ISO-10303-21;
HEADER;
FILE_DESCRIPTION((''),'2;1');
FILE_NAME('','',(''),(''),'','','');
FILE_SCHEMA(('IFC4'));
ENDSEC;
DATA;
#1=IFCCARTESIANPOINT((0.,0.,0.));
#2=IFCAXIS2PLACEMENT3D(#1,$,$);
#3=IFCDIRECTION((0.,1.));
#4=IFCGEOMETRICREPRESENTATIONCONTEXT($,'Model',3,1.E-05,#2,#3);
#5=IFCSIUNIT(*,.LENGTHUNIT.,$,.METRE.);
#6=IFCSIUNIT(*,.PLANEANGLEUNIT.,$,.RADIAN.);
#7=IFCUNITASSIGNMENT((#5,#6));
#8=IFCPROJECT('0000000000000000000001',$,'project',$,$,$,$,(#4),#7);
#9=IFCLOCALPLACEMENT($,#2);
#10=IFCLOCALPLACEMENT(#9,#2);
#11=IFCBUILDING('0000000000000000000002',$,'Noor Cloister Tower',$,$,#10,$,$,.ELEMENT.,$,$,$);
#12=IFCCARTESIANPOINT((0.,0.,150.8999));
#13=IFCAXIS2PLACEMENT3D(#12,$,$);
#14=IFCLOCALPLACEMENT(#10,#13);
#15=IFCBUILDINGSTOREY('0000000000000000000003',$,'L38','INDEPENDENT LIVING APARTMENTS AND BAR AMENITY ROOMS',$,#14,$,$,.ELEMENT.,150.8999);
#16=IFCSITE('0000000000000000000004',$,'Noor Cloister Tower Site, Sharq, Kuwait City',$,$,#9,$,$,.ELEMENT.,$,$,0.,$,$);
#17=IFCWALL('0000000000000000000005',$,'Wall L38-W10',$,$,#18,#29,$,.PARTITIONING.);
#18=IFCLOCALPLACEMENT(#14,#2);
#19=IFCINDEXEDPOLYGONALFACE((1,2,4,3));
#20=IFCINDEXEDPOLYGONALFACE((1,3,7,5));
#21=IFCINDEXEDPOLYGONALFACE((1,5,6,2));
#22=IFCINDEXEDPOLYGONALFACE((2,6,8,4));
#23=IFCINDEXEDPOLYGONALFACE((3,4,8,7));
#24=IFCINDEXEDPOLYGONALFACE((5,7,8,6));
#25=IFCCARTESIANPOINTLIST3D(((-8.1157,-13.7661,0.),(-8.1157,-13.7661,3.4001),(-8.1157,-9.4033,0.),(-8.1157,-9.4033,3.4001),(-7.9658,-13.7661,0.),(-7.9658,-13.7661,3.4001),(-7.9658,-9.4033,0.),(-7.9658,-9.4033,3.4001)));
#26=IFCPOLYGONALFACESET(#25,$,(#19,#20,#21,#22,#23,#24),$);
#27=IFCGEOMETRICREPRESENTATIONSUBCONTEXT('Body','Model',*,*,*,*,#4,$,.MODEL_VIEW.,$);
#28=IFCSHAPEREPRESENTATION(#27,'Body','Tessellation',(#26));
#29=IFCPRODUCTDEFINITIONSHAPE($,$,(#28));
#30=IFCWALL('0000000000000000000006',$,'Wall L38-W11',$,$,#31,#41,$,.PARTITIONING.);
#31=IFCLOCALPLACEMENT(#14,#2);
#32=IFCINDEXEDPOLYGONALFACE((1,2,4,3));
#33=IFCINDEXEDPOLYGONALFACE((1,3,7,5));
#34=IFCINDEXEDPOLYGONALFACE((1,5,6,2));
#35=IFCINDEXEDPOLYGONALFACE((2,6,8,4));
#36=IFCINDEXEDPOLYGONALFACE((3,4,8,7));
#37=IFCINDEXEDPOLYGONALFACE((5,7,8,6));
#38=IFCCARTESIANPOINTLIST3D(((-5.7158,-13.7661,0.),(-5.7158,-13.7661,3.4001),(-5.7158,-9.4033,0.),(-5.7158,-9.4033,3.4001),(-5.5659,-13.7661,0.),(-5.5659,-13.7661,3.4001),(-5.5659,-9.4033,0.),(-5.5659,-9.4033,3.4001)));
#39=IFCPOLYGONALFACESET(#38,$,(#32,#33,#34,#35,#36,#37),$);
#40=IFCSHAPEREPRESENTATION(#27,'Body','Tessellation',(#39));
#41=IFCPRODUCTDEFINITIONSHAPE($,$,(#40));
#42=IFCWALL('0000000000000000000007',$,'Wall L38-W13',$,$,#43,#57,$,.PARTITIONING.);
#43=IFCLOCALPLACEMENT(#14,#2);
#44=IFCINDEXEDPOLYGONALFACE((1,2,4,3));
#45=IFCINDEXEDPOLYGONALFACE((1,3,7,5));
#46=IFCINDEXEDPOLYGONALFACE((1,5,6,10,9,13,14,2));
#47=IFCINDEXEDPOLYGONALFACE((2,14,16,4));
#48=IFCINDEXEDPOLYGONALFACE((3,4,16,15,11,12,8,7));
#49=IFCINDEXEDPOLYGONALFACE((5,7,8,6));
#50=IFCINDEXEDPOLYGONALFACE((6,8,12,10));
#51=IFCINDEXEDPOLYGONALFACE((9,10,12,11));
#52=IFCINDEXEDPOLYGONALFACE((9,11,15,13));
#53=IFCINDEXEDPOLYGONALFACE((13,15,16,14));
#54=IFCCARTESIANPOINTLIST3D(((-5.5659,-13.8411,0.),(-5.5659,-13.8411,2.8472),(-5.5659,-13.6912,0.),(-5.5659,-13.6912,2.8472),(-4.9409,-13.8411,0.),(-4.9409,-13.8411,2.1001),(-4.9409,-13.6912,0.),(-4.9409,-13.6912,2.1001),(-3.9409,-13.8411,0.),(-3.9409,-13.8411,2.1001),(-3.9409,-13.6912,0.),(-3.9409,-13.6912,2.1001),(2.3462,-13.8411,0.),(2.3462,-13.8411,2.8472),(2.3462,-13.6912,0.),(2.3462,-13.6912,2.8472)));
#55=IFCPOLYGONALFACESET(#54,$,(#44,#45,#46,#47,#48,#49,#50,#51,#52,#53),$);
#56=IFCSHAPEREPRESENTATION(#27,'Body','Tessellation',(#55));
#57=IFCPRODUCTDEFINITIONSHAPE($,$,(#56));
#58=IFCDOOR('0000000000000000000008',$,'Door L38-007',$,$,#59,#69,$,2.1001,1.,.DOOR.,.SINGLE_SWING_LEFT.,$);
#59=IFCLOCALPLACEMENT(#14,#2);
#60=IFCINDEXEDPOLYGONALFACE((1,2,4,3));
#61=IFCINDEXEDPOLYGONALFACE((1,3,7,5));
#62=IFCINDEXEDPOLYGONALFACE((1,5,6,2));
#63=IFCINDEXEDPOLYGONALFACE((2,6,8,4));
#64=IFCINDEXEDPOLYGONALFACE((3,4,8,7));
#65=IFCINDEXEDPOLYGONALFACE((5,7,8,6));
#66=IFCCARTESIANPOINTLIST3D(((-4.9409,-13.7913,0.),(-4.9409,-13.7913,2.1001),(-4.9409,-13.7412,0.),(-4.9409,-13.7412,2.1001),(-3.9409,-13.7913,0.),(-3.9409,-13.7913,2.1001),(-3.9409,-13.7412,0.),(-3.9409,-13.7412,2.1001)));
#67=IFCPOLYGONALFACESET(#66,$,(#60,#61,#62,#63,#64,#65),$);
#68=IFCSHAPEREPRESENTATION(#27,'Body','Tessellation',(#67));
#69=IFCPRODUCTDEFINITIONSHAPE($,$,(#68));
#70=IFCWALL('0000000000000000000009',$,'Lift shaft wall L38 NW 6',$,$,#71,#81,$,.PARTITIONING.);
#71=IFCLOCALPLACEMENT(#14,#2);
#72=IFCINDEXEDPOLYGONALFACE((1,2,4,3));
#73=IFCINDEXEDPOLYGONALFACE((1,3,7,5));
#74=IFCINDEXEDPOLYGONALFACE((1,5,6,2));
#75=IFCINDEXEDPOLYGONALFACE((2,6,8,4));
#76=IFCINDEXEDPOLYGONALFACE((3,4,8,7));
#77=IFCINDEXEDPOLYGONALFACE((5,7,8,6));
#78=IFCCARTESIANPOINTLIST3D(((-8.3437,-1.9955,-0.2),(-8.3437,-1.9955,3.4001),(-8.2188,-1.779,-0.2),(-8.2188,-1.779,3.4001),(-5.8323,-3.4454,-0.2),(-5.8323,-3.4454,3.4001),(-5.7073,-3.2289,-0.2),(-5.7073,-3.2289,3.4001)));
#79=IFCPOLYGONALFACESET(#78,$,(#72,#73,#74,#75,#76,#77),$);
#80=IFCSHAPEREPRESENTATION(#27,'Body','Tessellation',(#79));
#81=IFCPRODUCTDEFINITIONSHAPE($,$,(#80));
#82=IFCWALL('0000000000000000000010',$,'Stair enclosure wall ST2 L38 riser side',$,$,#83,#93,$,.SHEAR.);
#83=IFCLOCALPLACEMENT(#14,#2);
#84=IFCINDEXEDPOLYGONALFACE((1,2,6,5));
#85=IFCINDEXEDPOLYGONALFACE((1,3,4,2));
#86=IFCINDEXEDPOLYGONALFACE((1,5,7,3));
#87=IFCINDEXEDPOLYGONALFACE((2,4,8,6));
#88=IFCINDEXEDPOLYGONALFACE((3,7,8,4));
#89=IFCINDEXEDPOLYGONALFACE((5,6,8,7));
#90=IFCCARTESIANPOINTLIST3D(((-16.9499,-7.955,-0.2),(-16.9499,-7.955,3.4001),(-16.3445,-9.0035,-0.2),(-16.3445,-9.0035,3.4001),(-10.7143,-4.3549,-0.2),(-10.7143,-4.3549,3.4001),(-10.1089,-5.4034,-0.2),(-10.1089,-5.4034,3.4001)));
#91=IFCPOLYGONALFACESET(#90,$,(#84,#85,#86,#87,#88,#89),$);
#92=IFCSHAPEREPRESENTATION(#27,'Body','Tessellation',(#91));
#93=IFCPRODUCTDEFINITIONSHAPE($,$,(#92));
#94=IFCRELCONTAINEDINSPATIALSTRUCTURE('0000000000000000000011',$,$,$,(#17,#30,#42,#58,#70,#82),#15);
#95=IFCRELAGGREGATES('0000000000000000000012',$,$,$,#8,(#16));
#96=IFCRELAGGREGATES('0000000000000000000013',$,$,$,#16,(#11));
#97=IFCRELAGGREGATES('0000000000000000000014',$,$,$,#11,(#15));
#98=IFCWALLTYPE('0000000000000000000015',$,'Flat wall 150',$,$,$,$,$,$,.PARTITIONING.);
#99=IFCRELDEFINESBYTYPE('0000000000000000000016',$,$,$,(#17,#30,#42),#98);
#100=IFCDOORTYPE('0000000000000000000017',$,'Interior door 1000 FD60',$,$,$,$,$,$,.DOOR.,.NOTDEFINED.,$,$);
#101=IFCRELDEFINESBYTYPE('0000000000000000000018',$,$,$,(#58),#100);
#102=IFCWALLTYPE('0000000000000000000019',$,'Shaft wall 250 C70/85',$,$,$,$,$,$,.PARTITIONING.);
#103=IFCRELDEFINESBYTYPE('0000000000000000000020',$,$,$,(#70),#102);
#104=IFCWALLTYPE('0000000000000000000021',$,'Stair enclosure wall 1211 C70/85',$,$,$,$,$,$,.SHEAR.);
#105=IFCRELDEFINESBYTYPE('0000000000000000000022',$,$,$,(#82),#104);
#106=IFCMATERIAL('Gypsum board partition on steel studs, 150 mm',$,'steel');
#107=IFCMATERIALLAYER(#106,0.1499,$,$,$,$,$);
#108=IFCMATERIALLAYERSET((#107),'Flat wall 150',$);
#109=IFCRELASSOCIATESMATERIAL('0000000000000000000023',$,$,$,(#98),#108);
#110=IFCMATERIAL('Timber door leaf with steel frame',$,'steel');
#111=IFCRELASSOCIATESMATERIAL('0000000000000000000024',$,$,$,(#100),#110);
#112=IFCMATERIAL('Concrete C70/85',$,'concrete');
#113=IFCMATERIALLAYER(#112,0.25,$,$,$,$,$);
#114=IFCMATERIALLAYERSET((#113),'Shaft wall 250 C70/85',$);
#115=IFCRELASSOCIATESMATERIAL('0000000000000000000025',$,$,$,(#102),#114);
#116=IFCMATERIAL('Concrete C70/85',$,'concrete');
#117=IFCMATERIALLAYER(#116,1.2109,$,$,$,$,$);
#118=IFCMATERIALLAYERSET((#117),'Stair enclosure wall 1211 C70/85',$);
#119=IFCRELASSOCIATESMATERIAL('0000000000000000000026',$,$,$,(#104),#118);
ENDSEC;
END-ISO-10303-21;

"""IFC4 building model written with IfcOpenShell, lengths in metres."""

from ifc_helpers import new_model, si_unit, direction, frame, frame_2d, origin, place, context, subcontext, project, spatial, rectangle, extrude, material, layer, layer_set, type_object, element, fill, save


model = new_model("IFC4")

# Units and contexts
model_context = context("Model", 3, precision=1e-05, world=origin(), true_north=direction((0.0, 1.0)))
body_context = subcontext(model_context, "Body", "Model", "MODEL_VIEW")
ifc_project = project(units=[si_unit("LENGTHUNIT", "METRE"), si_unit("PLANEANGLEUNIT", "RADIAN")], contexts=[model_context])

# Site, building, storey
site_placement = place(None, origin())
site = spatial("IfcSite", under=ifc_project, at=site_placement, Name="Noor Cloister Tower Site, Sharq, Kuwait City", CompositionType="ELEMENT", RefElevation=0.0)
building_placement = place(site_placement, origin())
building = spatial("IfcBuilding", under=site, at=building_placement, Name="Noor Cloister Tower", CompositionType="ELEMENT")
storey_placement = place(building_placement, frame((0.0, 0.0, 150.8999)))
storey = spatial("IfcBuildingStorey", under=building, at=storey_placement, Name="L38", Description="INDEPENDENT LIVING APARTMENTS AND BAR AMENITY ROOMS", CompositionType="ELEMENT", Elevation=150.8999)

# Shared definitions
ifc_material_1 = material(Name="Gypsum board partition on steel studs, 150 mm", Category="steel")
ifc_layer_1 = layer(ifc_material_1, 0.1499)
ifc_layer_set_1 = layer_set([ifc_layer_1], Name="Flat wall 150")
wall_type_1 = type_object("IfcWallType", Name="Flat wall 150", PredefinedType="PARTITIONING", material=ifc_layer_set_1)
ifc_material_2 = material(Name="Timber door leaf with steel frame", Category="steel")
door_type_1 = type_object("IfcDoorType", Name="Interior door 1000 FD60", OperationType="NOTDEFINED", PredefinedType="DOOR", material=ifc_material_2)

# Walls
for number, where, z_axis, x_axis, name in (
    (1, (-8.0408, -9.4033, 0.0), (0.0, 0.0, 1.0), (0.0, -1.0, 0.0), "Wall L38-W10"),
    (2, (-5.6409, -9.4033, 0.0), (0.0, 0.0, 1.0), (0.0, -1.0, 0.0), "Wall L38-W11"),
):
    element("IfcWall", number, at=place(storey_placement, frame(where, z_axis=z_axis, x_axis=x_axis)), inside=storey, type_object=wall_type_1, Name=name, PredefinedType="PARTITIONING", context=body_context, shape_type="SweptSolid", body=[
        extrude(rectangle(XDim=4.3628, YDim=0.1499, at=frame_2d((2.1814, 0.0))), origin(), (0.0, 0.0, 1.0), 3.4001),
    ])

# Wall, opening, door
wall_1_placement = place(storey_placement, frame((-5.5659, -13.7661, 0.0), z_axis=(0.0, 0.0, 1.0), x_axis=(1.0, 0.0, 0.0)))
wall_1 = element("IfcWall", 3, at=wall_1_placement, inside=storey, type_object=wall_type_1, Name="Wall L38-W13", PredefinedType="PARTITIONING", context=body_context, shape_type="SweptSolid", body=[
    extrude(rectangle(XDim=7.9121, YDim=0.1499, at=frame_2d((3.9561, 0.0))), origin(), (0.0, 0.0, 1.0), 2.8472),
])
opening_1_placement = place(wall_1_placement, frame((0.625, 0.0, 0.0)))
opening_1 = element("IfcOpeningElement", 4, at=opening_1_placement, cuts=wall_1, PredefinedType="OPENING", context=body_context, shape_type="SweptSolid", body=[
    extrude(rectangle(XDim=1.0, YDim=2.1001, at=frame_2d((0.5, 1.05))), frame((0.0, 0.085, 0.0), z_axis=(0.0, -1.0, 0.0), x_axis=(1.0, 0.0, 0.0)), (0.0, 0.0, 1.0), 0.1699),
])
door_1_placement = place(opening_1_placement, origin())
door_1 = element("IfcDoor", 5, at=door_1_placement, inside=storey, type_object=door_type_1, Name="Door L38-007", OperationType="SINGLE_SWING_LEFT", OverallHeight=2.1001, OverallWidth=1.0, PredefinedType="DOOR", context=body_context, shape_type="SweptSolid", body=[
    extrude(rectangle(XDim=1.0, YDim=2.1001, at=frame_2d((0.5, 1.05))), frame((0.0, 0.0249, 0.0), z_axis=(0.0, -1.0, 0.0), x_axis=(1.0, 0.0, 0.0)), (0.0, 0.0, 1.0), 0.05),
])
fill(opening_1, door_1)

# Walls
ifc_material_3 = material(Name="Concrete C70/85", Category="concrete")
ifc_layer_2 = layer(ifc_material_3, 0.25)
ifc_layer_set_2 = layer_set([ifc_layer_2], Name="Shaft wall 250 C70/85")
wall_type_2 = type_object("IfcWallType", Name="Shaft wall 250 C70/85", PredefinedType="PARTITIONING", material=ifc_layer_set_2)
wall_2_placement = place(storey_placement, frame((-8.2812, -1.8872, -0.2), z_axis=(0.0, 0.0, 1.0), x_axis=(0.866033, -0.499987, 0.0)))
element("IfcWall", 6, at=wall_2_placement, inside=storey, type_object=wall_type_2, Name="Lift shaft wall L38 NW 6", PredefinedType="PARTITIONING", context=body_context, shape_type="SweptSolid", body=[
    extrude(rectangle(XDim=2.8999, YDim=0.25, at=frame_2d((1.45, 0.0))), origin(), (0.0, 0.0, 1.0), 3.6001),
])
ifc_material_4 = material(Name="Concrete C70/85", Category="concrete")
ifc_layer_3 = layer(ifc_material_4, 1.2109)
ifc_layer_set_3 = layer_set([ifc_layer_3], Name="Stair enclosure wall 1211 C70/85")
wall_type_3 = type_object("IfcWallType", Name="Stair enclosure wall 1211 C70/85", PredefinedType="SHEAR", material=ifc_layer_set_3)
wall_3_placement = place(storey_placement, frame((-10.4116, -4.8792, -0.2), z_axis=(0.0, 0.0, 1.0), x_axis=(-0.866027, -0.499997, 0.0)))
element("IfcWall", 7, at=wall_3_placement, inside=storey, type_object=wall_type_3, Name="Stair enclosure wall ST2 L38 riser side", PredefinedType="SHEAR", context=body_context, shape_type="SweptSolid", body=[
    extrude(rectangle(XDim=7.2002, YDim=1.2107, at=frame_2d((3.6001, 0.0))), origin(), (0.0, 0.0, 1.0), 3.6001),
])

save(model, "model.ifc")
